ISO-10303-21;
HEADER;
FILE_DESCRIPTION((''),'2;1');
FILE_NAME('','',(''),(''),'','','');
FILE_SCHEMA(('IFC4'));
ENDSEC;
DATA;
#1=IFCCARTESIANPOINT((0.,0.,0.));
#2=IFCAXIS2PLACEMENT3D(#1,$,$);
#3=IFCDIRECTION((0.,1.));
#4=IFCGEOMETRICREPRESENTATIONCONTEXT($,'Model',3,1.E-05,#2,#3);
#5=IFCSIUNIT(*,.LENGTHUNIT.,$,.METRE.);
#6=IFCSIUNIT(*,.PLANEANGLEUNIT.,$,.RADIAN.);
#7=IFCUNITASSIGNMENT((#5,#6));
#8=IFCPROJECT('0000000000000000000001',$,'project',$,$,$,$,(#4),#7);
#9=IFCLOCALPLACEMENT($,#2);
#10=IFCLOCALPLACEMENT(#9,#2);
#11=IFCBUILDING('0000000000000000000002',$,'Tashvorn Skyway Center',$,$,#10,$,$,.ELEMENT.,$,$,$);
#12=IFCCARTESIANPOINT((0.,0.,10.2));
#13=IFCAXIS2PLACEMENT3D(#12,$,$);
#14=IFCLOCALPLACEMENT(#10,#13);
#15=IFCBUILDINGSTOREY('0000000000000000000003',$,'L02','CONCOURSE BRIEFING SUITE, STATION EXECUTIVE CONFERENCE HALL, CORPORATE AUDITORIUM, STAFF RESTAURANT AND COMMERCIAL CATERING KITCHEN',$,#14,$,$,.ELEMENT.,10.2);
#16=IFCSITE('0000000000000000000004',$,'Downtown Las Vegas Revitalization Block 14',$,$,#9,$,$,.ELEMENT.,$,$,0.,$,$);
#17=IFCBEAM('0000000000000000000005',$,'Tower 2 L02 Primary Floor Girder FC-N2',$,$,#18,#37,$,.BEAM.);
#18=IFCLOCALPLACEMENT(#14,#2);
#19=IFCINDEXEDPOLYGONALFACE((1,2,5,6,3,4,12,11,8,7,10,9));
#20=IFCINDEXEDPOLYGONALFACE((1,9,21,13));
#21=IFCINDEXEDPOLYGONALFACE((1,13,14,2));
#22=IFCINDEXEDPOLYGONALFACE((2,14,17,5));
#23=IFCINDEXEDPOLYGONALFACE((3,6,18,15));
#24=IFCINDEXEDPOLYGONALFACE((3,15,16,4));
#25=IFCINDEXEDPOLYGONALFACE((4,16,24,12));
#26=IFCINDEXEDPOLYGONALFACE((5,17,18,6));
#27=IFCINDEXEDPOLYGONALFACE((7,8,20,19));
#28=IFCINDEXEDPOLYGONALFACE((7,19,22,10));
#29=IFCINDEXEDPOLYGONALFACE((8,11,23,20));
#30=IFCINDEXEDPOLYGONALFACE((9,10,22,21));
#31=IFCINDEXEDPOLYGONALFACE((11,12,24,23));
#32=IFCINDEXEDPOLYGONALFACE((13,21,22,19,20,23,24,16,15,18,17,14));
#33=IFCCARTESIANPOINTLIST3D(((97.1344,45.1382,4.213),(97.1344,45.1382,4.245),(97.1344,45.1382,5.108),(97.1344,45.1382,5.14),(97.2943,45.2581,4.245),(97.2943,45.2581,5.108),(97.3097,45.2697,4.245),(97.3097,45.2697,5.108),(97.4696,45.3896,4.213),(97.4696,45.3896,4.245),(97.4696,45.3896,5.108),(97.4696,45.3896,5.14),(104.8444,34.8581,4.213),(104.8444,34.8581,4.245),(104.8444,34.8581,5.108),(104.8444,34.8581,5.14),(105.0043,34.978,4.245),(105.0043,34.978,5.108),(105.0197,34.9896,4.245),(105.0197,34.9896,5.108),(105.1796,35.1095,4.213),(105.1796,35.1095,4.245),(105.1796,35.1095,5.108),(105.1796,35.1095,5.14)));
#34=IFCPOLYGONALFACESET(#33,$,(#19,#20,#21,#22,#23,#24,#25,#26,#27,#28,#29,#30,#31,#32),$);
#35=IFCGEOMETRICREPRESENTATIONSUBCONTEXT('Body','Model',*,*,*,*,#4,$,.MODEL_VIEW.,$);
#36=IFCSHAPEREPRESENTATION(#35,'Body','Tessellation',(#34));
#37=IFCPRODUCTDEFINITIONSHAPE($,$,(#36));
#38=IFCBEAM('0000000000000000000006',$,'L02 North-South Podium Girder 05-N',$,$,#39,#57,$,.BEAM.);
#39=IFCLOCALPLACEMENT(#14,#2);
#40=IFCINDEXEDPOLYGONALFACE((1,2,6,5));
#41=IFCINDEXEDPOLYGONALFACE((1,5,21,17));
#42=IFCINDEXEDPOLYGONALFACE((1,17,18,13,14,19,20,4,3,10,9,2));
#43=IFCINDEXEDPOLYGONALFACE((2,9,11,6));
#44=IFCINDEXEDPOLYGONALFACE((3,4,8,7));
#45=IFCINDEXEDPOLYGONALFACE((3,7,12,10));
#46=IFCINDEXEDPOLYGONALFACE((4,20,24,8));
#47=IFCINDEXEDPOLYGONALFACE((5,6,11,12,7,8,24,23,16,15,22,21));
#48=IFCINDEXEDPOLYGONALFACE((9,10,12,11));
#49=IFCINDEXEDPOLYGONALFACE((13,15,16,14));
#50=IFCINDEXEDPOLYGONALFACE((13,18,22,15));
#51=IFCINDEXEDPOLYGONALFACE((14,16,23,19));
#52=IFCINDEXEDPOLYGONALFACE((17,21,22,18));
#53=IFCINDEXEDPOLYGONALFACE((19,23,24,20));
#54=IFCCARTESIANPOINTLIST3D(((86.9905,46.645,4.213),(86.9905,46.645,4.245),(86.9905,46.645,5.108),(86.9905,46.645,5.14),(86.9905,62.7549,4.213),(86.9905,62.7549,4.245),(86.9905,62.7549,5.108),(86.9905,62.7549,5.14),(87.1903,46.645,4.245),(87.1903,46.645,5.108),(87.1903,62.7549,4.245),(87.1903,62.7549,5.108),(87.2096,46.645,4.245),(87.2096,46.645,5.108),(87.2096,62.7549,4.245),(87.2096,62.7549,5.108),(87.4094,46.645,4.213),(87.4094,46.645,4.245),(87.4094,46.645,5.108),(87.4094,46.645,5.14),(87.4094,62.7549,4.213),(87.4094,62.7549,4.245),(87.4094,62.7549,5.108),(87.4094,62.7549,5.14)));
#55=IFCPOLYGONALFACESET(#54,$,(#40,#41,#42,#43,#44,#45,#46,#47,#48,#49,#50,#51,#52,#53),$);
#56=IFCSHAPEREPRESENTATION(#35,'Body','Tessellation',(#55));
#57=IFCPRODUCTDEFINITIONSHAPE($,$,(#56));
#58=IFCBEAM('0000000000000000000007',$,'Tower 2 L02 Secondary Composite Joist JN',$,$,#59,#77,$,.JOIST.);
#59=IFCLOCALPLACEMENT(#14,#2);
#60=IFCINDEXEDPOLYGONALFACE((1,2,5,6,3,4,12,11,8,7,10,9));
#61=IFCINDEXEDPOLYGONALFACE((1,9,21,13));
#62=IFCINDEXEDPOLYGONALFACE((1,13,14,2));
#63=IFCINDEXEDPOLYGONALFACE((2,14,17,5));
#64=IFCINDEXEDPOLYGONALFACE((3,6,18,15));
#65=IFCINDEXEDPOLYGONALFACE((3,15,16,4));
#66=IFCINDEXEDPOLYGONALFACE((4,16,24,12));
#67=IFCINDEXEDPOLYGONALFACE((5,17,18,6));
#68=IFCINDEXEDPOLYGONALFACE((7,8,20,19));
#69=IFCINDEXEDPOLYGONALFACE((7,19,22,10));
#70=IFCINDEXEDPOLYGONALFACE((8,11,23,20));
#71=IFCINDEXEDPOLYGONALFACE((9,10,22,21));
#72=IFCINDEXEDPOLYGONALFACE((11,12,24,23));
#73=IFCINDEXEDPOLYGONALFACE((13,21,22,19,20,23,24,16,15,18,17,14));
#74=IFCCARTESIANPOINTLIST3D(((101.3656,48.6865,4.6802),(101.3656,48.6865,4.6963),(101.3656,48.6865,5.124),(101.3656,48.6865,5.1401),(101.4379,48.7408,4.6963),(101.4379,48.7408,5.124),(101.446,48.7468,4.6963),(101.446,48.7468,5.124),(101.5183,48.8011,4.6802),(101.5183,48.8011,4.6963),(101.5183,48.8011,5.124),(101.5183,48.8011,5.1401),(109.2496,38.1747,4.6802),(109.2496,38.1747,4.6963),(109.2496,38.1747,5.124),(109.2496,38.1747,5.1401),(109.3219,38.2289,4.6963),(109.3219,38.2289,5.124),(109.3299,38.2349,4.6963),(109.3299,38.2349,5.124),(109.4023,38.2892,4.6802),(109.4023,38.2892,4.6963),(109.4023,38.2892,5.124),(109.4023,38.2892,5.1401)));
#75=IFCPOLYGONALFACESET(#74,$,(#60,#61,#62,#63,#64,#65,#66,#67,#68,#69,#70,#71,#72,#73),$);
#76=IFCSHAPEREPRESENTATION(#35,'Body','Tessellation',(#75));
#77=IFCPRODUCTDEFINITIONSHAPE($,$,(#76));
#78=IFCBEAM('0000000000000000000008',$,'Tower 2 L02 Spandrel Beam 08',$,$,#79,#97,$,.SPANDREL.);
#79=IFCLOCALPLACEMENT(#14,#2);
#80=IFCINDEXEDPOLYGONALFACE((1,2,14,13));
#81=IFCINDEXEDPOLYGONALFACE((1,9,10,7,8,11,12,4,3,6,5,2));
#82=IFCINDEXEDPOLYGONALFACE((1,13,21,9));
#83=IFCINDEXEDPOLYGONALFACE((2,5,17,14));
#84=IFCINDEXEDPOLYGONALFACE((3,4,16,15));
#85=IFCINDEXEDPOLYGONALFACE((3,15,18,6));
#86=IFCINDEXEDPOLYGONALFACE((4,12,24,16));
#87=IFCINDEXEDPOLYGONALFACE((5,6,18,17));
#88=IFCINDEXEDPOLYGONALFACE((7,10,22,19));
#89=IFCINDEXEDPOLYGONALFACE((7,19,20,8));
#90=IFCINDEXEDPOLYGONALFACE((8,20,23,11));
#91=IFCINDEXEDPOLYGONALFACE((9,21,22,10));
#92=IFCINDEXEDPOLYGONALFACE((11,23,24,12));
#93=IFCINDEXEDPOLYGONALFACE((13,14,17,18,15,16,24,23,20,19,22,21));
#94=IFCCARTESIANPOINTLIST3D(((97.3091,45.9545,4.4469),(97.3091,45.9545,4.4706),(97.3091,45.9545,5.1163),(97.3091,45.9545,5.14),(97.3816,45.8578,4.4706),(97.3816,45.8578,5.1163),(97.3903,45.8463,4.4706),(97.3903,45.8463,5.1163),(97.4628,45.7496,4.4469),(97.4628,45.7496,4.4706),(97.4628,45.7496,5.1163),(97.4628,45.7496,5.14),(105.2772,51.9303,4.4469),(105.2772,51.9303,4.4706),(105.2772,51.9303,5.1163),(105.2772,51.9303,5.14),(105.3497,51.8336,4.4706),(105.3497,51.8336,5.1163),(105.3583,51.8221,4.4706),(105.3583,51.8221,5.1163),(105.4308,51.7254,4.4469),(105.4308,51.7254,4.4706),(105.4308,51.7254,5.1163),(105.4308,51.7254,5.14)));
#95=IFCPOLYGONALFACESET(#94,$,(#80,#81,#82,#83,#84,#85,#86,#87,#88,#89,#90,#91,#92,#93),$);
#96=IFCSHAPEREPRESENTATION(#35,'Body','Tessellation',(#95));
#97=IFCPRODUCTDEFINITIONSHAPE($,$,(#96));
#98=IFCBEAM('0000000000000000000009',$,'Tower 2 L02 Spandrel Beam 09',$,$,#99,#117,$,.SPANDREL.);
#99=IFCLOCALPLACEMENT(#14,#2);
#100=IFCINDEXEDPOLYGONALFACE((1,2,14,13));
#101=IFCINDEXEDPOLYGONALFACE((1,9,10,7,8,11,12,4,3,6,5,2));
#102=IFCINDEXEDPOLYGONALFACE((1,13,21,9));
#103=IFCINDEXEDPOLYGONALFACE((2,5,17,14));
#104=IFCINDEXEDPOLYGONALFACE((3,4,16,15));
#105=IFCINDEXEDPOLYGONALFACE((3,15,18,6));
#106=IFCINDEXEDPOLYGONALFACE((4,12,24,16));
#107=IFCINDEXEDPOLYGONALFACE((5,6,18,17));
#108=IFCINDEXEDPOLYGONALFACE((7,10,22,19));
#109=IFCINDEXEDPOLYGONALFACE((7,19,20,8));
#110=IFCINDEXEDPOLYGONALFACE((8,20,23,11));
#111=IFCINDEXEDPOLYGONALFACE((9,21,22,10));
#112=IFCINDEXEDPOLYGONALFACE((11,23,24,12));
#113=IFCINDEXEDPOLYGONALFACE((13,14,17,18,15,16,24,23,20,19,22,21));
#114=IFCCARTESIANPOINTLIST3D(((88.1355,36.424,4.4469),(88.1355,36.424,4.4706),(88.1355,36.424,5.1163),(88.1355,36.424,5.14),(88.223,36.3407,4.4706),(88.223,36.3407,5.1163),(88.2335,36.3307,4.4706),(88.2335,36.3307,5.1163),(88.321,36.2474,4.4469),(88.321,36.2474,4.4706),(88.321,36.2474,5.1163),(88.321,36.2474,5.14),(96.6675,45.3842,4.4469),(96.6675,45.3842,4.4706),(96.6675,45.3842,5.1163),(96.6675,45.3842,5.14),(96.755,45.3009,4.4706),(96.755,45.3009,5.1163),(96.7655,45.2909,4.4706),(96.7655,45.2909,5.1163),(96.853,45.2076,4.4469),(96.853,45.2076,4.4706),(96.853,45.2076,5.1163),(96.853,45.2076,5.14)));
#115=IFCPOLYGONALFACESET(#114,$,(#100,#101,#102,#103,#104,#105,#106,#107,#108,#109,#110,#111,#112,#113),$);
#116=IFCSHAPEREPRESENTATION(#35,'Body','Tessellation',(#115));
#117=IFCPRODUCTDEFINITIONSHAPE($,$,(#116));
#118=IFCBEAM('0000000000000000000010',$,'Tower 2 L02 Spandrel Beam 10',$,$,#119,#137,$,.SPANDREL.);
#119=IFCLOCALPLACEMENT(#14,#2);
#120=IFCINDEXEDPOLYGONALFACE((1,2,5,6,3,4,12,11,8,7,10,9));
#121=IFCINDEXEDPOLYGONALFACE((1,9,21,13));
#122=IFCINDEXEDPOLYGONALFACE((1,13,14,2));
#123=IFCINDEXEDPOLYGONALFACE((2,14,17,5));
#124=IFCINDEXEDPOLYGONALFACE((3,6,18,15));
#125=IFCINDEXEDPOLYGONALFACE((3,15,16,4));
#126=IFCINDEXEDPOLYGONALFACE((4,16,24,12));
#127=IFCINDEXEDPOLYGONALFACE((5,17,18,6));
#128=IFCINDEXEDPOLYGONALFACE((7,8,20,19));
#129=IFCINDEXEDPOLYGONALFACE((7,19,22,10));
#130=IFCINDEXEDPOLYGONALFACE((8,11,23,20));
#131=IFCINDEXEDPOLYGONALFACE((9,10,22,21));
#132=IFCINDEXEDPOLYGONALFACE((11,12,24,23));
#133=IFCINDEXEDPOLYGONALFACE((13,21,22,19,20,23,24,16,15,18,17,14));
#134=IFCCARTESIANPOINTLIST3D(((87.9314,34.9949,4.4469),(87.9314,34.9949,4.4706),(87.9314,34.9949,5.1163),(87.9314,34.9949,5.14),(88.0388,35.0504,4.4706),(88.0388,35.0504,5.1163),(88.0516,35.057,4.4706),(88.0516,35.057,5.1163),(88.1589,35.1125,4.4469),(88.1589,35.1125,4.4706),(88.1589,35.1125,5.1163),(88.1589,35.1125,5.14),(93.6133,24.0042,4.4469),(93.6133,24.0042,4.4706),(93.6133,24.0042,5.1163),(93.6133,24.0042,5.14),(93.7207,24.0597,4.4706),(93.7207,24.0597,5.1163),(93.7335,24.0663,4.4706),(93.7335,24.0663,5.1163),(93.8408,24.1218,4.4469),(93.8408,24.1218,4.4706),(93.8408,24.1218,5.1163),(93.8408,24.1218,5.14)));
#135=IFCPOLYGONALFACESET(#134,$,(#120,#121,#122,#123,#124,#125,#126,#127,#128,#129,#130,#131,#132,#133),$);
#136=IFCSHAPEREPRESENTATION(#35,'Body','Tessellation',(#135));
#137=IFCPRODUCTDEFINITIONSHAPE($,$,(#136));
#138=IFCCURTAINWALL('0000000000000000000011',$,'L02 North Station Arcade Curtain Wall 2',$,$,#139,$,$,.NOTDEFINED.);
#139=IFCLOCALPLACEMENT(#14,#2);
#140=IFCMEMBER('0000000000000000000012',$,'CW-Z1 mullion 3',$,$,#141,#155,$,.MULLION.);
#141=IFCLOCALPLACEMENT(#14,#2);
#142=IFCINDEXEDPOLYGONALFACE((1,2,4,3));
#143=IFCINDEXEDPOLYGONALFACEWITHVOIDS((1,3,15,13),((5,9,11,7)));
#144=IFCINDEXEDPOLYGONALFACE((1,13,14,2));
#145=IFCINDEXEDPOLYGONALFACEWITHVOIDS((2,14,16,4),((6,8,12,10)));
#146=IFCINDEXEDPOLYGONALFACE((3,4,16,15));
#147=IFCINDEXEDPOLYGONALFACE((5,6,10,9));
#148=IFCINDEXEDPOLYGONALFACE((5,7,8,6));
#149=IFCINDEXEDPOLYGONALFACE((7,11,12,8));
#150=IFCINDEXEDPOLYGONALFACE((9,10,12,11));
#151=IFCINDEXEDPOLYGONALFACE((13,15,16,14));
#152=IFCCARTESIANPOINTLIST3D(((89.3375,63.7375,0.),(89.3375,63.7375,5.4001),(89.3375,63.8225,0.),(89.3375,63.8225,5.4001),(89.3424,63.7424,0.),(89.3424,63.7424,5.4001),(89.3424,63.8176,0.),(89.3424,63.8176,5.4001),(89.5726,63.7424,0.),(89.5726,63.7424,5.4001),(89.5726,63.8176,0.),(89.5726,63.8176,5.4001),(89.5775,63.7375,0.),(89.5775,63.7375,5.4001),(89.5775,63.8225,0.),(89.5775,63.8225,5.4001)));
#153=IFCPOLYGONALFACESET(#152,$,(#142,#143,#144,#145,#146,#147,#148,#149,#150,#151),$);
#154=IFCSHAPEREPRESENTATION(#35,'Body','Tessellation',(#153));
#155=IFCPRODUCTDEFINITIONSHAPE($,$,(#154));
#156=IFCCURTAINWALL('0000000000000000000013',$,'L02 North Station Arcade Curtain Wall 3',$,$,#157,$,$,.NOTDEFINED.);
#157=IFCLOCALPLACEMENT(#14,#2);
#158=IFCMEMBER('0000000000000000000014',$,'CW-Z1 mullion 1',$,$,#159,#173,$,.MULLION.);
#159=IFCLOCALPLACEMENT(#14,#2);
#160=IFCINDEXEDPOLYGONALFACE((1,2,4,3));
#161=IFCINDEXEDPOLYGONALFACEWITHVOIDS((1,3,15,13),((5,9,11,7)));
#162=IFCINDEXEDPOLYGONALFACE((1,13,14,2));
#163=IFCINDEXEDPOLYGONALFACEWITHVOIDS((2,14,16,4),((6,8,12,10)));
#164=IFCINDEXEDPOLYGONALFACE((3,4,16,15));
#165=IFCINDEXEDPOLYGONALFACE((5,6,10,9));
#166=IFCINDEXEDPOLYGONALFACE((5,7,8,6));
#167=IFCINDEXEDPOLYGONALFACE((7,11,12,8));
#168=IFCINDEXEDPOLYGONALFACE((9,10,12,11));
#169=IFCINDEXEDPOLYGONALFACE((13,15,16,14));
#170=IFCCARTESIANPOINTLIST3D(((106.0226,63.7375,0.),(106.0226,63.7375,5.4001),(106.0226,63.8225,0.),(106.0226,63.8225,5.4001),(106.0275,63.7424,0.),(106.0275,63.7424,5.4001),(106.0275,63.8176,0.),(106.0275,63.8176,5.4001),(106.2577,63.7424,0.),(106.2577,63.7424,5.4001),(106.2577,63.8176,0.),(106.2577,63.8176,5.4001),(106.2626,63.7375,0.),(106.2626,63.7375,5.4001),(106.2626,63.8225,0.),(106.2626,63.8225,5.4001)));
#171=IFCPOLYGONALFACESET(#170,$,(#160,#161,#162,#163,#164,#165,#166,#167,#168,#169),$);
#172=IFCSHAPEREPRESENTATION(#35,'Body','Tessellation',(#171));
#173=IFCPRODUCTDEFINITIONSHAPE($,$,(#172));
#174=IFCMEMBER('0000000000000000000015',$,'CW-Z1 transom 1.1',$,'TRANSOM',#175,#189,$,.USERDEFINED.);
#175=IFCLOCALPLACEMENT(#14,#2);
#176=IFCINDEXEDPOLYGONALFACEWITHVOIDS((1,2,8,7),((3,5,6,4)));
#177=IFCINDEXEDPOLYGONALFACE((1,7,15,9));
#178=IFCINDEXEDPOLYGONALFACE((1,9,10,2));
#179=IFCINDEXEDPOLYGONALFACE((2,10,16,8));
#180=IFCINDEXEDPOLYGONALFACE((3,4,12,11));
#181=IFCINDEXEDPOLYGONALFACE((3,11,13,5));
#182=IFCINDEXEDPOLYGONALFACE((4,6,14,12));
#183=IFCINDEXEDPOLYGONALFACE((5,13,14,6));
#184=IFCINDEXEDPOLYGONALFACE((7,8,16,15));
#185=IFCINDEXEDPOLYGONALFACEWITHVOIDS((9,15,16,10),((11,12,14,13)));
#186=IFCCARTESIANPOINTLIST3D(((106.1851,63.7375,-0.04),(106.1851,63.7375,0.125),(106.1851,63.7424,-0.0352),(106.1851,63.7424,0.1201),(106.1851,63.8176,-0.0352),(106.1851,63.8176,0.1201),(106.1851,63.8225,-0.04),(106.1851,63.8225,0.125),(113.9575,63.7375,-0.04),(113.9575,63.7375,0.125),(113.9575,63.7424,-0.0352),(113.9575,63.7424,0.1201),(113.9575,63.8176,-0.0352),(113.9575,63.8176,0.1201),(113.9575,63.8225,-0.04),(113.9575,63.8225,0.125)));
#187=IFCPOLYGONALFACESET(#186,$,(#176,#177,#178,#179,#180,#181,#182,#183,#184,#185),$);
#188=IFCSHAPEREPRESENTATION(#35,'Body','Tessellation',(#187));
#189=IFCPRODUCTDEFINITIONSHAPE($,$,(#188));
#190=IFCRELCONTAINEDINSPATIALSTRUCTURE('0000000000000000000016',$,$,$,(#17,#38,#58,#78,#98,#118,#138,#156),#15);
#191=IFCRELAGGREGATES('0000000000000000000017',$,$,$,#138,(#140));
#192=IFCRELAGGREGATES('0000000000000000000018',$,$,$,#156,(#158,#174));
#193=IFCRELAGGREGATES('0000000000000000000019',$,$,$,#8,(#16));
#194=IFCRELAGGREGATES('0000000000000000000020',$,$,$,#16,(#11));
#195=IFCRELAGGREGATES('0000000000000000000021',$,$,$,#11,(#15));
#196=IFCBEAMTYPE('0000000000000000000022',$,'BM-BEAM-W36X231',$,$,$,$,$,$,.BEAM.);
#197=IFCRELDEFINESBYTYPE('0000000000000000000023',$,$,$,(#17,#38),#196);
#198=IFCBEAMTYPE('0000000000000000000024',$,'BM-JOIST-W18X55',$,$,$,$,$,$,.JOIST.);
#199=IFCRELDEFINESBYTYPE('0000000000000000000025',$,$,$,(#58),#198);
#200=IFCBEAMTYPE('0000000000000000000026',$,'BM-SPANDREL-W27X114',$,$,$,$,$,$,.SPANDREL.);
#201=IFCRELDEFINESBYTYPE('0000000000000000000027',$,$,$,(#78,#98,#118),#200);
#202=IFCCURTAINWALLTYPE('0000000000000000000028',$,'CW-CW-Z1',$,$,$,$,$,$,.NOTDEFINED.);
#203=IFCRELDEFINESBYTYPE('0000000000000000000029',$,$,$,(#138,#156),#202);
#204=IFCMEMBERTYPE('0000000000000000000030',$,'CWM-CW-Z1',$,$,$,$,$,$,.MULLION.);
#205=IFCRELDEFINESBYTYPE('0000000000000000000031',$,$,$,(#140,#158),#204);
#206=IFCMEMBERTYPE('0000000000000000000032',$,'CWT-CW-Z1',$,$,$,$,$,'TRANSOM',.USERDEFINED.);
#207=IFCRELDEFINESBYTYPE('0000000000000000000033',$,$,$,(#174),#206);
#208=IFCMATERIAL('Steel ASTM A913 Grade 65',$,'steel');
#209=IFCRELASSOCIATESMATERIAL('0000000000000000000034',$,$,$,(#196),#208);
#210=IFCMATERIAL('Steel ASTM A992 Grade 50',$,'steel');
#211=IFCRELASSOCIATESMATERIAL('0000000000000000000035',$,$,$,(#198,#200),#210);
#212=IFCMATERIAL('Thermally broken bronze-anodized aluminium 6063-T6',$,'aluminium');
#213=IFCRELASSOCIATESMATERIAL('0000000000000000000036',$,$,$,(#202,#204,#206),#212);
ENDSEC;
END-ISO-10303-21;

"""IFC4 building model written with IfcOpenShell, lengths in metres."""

from ifc_helpers import new_model, si_unit, direction, frame, origin, origin_2d, place, context, subcontext, project, spatial, hollow_rectangle, i_section, extrude, material, material_profile, profile_set, type_object, element, aggregate, save


model = new_model("IFC4")

# Units and contexts
model_context = context("Model", 3, precision=1e-05, world=origin(), true_north=direction((0.0, 1.0)))
body_context = subcontext(model_context, "Body", "Model", "MODEL_VIEW")
ifc_project = project(units=[si_unit("LENGTHUNIT", "METRE"), si_unit("PLANEANGLEUNIT", "RADIAN")], contexts=[model_context])

# Site, building, storey
site_placement = place(None, origin())
site = spatial("IfcSite", under=ifc_project, at=site_placement, Name="Downtown Las Vegas Revitalization Block 14", CompositionType="ELEMENT", RefElevation=0.0)
building_placement = place(site_placement, origin())
building = spatial("IfcBuilding", under=site, at=building_placement, Name="Tashvorn Skyway Center", CompositionType="ELEMENT")
storey_placement = place(building_placement, frame((0.0, 0.0, 10.2)))
storey = spatial("IfcBuildingStorey", under=building, at=storey_placement, Name="L02", Description="CONCOURSE BRIEFING SUITE, STATION EXECUTIVE CONFERENCE HALL, CORPORATE AUDITORIUM, STAFF RESTAURANT AND COMMERCIAL CATERING KITCHEN", CompositionType="ELEMENT", Elevation=10.2)

# Beams
ifc_material_1 = material(Name="Steel ASTM A913 Grade 65", Category="steel")
ifc_material_profile_1 = material_profile(ifc_material_1, i_section(OverallWidth=0.4189, OverallDepth=0.927, WebThickness=0.0193, FlangeThickness=0.032, at=origin_2d()), Name="W36X231")
ifc_profile_set_1 = profile_set([ifc_material_profile_1], Name="Steel ASTM A913 Grade 65")
beam_type_1 = type_object("IfcBeamType", Name="BM-BEAM-W36X231", PredefinedType="BEAM", material=ifc_profile_set_1)
beam_1_placement = place(storey_placement, frame((97.302, 45.2639, 4.6765), z_axis=(0.599997, -0.800002, 0.0), x_axis=(0.800002, 0.599997, 0.0)))
element("IfcBeam", 1, at=beam_1_placement, inside=storey, type_object=beam_type_1, Name="Tower 2 L02 Primary Floor Girder FC-N2", PredefinedType="BEAM", context=body_context, shape_type="SweptSolid", body=[
    extrude(i_section(OverallWidth=0.4189, OverallDepth=0.927, WebThickness=0.0193, FlangeThickness=0.032, at=origin_2d()), origin(), (0.0, 0.0, 1.0), 12.8501),
])
beam_2_placement = place(storey_placement, frame((87.2, 46.645, 4.6765), z_axis=(0.0, 1.0, 0.0), x_axis=(-1.0, 0.0, 0.0)))
element("IfcBeam", 2, at=beam_2_placement, inside=storey, type_object=beam_type_1, Name="L02 North-South Podium Girder 05-N", PredefinedType="BEAM", context=body_context, shape_type="SweptSolid", body=[
    extrude(i_section(OverallWidth=0.4189, OverallDepth=0.927, WebThickness=0.0193, FlangeThickness=0.032, at=origin_2d()), origin(), (0.0, 0.0, 1.0), 16.1099),
])
ifc_material_2 = material(Name="Steel ASTM A992 Grade 50", Category="steel")
ifc_material_profile_2 = material_profile(ifc_material_2, i_section(OverallWidth=0.1909, OverallDepth=0.46, WebThickness=0.01, FlangeThickness=0.0161, at=origin_2d()), Name="W18X55")
ifc_profile_set_2 = profile_set([ifc_material_profile_2], Name="Steel ASTM A992 Grade 50")
beam_type_2 = type_object("IfcBeamType", Name="BM-JOIST-W18X55", PredefinedType="JOIST", material=ifc_profile_set_2)
beam_3_placement = place(storey_placement, frame((109.3259, 38.2319, 4.9102), z_axis=(-0.600003, 0.799998, 0.0), x_axis=(-0.799998, -0.600003, 0.0)))
element("IfcBeam", 3, at=beam_3_placement, inside=storey, type_object=beam_type_2, Name="Tower 2 L02 Secondary Composite Joist JN", PredefinedType="JOIST", context=body_context, shape_type="SweptSolid", body=[
    extrude(i_section(OverallWidth=0.1909, OverallDepth=0.46, WebThickness=0.01, FlangeThickness=0.0161, at=origin_2d()), origin(), (0.0, 0.0, 1.0), 13.1399),
])
ifc_material_profile_3 = material_profile(ifc_material_2, i_section(OverallWidth=0.2561, OverallDepth=0.6931, WebThickness=0.0144, FlangeThickness=0.0237, at=origin_2d()), Name="W27X114")
ifc_profile_set_3 = profile_set([ifc_material_profile_3], Name="Steel ASTM A992 Grade 50")
beam_type_3 = type_object("IfcBeamType", Name="BM-SPANDREL-W27X114", PredefinedType="SPANDREL", material=ifc_profile_set_3)
beam_4_placement = place(storey_placement, frame((105.354, 51.8279, 4.7935), z_axis=(-0.800009, -0.599988, 0.0), x_axis=(0.599988, -0.800009, 0.0)))
element("IfcBeam", 4, at=beam_4_placement, inside=storey, type_object=beam_type_3, Name="Tower 2 L02 Spandrel Beam 08", PredefinedType="SPANDREL", context=body_context, shape_type="SweptSolid", body=[
    extrude(i_section(OverallWidth=0.2561, OverallDepth=0.6931, WebThickness=0.0144, FlangeThickness=0.0237, at=origin_2d()), origin(), (0.0, 0.0, 1.0), 9.96),
])
for number, where, z_axis, x_axis, name in (
    (5, (96.7603, 45.2959, 4.7935), (-0.68959, -0.7242, 0.0), (0.7242, -0.68959, 0.0), "Tower 2 L02 Spandrel Beam 09"),
    (6, (88.0452, 35.0537, 4.7935), (0.459233, -0.888316, 0.0), (0.888316, 0.459233, 0.0), "Tower 2 L02 Spandrel Beam 10"),
):
    element("IfcBeam", number, at=place(storey_placement, frame(where, z_axis=z_axis, x_axis=x_axis)), inside=storey, type_object=beam_type_3, Name=name, PredefinedType="SPANDREL", context=body_context, shape_type="SweptSolid", body=[
        extrude(i_section(OverallWidth=0.2561, OverallDepth=0.6931, WebThickness=0.0144, FlangeThickness=0.0237, at=origin_2d()), origin(), (0.0, 0.0, 1.0), 12.3726),
    ])

# Curtain wall, member
ifc_material_3 = material(Name="Thermally broken bronze-anodized aluminium 6063-T6", Category="aluminium")
curtain_wall_type = type_object("IfcCurtainWallType", Name="CW-CW-Z1", PredefinedType="NOTDEFINED", material=ifc_material_3)
curtain_wall_1_placement = place(storey_placement, origin())
curtain_wall_1 = element("IfcCurtainWall", 7, at=curtain_wall_1_placement, inside=storey, type_object=curtain_wall_type, Name="L02 North Station Arcade Curtain Wall 2", PredefinedType="NOTDEFINED")
ifc_material_profile_4 = material_profile(ifc_material_3, hollow_rectangle(XDim=0.085, YDim=0.24, WallThickness=0.0049, at=origin_2d()), Name="ALU-MULL-85x240")
ifc_profile_set_4 = profile_set([ifc_material_profile_4], Name="Thermally broken bronze-anodized aluminium 6063-T6")
member_type_1 = type_object("IfcMemberType", Name="CWM-CW-Z1", PredefinedType="MULLION", material=ifc_profile_set_4)
member_1_placement = place(storey_placement, frame((89.4575, 63.78, 0.0), z_axis=(0.0, 0.0, 1.0), x_axis=(0.0, 1.0, 0.0)))
member_1 = element("IfcMember", 8, at=member_1_placement, type_object=member_type_1, Name="CW-Z1 mullion 3", PredefinedType="MULLION", context=body_context, shape_type="SweptSolid", body=[
    extrude(hollow_rectangle(XDim=0.085, YDim=0.24, WallThickness=0.0049, at=origin_2d()), origin(), (0.0, 0.0, 1.0), 5.4001),
])
aggregate(curtain_wall_1, [member_1])

# Curtain wall, members
curtain_wall_2_placement = place(storey_placement, origin())
curtain_wall_2 = element("IfcCurtainWall", 9, at=curtain_wall_2_placement, inside=storey, type_object=curtain_wall_type, Name="L02 North Station Arcade Curtain Wall 3", PredefinedType="NOTDEFINED")
member_2_placement = place(storey_placement, frame((106.1426, 63.78, 0.0), z_axis=(0.0, 0.0, 1.0), x_axis=(0.0, 1.0, 0.0)))
member_2 = element("IfcMember", 10, at=member_2_placement, type_object=member_type_1, Name="CW-Z1 mullion 1", PredefinedType="MULLION", context=body_context, shape_type="SweptSolid", body=[
    extrude(hollow_rectangle(XDim=0.085, YDim=0.24, WallThickness=0.0049, at=origin_2d()), origin(), (0.0, 0.0, 1.0), 5.4001),
])
ifc_material_profile_5 = material_profile(ifc_material_3, hollow_rectangle(XDim=0.085, YDim=0.165, WallThickness=0.0049, at=origin_2d()), Name="ALU-TRAN-85x165")
ifc_profile_set_5 = profile_set([ifc_material_profile_5], Name="Thermally broken bronze-anodized aluminium 6063-T6")
member_type_2 = type_object("IfcMemberType", Name="CWT-CW-Z1", ElementType="TRANSOM", PredefinedType="USERDEFINED", material=ifc_profile_set_5)
member_3_placement = place(storey_placement, frame((106.1851, 63.78, 0.0425), z_axis=(1.0, 0.0, 0.0), x_axis=(0.0, 1.0, 0.0)))
member_3 = element("IfcMember", 11, at=member_3_placement, type_object=member_type_2, Name="CW-Z1 transom 1.1", ObjectType="TRANSOM", PredefinedType="USERDEFINED", context=body_context, shape_type="SweptSolid", body=[
    extrude(hollow_rectangle(XDim=0.085, YDim=0.165, WallThickness=0.0049, at=origin_2d()), origin(), (0.0, 0.0, 1.0), 7.7725),
])
aggregate(curtain_wall_2, [member_2, member_3])

save(model, "model.ifc")
